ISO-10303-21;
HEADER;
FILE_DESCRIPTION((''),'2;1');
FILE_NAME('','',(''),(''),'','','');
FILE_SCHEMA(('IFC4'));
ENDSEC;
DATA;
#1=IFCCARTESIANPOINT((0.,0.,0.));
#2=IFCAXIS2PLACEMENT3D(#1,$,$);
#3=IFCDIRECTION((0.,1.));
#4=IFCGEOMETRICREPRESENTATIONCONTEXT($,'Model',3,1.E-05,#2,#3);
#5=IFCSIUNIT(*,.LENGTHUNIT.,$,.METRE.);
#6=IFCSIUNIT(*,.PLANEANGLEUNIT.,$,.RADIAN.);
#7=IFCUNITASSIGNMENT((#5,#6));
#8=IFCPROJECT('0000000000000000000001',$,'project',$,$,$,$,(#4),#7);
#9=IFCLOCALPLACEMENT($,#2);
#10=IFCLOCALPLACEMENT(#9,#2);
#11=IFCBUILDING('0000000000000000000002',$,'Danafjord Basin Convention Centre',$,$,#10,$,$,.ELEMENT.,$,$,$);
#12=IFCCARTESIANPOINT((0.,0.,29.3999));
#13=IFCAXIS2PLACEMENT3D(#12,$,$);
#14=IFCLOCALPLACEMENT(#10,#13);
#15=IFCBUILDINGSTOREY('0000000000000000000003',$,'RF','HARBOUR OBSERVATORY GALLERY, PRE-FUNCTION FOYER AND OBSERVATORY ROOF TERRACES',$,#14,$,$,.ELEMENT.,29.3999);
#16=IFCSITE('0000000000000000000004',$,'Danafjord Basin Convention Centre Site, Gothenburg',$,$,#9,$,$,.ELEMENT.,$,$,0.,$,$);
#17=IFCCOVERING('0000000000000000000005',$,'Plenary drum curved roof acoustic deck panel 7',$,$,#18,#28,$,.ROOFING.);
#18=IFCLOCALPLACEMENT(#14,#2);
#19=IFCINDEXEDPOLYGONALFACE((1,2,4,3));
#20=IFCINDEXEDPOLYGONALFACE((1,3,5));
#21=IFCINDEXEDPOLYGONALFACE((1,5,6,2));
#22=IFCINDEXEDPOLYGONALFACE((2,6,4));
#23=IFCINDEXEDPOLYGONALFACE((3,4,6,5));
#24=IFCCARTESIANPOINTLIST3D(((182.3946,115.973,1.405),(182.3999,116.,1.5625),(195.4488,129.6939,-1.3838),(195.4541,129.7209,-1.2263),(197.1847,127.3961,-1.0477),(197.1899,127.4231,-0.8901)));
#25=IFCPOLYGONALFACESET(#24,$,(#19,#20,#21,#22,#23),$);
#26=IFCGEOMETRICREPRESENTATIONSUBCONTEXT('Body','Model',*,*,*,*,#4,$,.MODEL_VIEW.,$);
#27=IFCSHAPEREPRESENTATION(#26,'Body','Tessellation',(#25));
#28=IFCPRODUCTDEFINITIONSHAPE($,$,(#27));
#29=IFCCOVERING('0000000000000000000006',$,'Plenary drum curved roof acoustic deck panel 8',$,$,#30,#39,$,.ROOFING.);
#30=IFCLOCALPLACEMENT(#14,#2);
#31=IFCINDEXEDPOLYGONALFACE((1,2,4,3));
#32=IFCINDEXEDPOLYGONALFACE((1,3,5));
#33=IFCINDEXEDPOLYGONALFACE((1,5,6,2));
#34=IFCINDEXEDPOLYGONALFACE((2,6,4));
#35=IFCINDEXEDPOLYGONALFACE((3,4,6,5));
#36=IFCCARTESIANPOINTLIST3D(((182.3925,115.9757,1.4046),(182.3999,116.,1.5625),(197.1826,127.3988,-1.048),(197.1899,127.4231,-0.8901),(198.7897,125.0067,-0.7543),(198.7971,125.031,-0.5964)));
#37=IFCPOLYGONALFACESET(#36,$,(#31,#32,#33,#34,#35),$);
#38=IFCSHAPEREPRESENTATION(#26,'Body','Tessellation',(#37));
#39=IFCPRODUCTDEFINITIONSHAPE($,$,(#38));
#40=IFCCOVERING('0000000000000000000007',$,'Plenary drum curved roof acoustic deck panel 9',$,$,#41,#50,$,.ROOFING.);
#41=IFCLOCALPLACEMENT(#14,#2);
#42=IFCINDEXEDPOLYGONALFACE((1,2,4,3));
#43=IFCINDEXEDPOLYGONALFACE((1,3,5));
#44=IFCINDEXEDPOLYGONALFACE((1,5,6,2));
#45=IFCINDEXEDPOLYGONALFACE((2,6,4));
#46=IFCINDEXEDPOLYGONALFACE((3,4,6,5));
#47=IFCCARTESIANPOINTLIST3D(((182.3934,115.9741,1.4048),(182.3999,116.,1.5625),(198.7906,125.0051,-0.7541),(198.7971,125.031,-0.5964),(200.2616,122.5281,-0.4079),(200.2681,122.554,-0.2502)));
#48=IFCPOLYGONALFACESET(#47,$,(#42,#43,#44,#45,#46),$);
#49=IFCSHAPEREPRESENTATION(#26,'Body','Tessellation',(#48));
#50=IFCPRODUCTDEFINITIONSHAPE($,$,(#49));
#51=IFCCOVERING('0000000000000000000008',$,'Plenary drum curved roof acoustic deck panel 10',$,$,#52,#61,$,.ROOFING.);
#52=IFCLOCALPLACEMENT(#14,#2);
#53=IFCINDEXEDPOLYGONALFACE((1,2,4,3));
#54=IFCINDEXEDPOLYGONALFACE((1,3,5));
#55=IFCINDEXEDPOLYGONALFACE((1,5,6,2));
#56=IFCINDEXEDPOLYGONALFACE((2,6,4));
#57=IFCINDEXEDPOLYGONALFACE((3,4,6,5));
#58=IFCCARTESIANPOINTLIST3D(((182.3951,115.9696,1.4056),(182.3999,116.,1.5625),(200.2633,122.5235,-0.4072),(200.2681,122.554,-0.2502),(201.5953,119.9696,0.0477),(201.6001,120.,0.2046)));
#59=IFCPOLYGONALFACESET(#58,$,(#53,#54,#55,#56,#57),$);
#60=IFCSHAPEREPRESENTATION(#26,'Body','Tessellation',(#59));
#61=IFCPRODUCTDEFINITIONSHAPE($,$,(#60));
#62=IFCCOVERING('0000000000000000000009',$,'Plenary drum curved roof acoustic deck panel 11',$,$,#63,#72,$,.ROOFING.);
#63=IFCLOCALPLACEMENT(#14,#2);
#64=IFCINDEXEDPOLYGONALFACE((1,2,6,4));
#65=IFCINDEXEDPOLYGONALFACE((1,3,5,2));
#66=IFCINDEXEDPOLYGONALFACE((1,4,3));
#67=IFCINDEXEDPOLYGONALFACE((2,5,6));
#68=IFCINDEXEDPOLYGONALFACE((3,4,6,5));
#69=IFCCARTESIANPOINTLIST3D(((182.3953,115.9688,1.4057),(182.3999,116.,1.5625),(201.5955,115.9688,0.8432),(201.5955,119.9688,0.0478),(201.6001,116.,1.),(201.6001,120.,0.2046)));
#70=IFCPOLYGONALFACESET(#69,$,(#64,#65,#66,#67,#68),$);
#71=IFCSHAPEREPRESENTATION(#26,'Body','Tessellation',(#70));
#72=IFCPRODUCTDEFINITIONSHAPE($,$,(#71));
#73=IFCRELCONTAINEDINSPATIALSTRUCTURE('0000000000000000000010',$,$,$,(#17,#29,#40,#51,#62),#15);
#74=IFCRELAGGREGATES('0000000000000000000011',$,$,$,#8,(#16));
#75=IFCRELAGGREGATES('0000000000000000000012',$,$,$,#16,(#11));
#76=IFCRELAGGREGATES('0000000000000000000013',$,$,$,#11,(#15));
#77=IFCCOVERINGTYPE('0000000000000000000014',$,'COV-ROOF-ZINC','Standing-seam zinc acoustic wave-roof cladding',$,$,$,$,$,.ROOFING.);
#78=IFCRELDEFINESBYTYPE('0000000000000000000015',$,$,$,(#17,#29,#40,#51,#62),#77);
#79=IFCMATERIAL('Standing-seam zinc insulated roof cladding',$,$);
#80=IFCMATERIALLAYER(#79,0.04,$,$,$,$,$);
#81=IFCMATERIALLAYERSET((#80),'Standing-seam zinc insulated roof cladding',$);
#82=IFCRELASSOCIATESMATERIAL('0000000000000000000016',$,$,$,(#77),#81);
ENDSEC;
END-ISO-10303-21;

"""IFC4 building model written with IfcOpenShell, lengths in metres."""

from ifc_helpers import new_model, si_unit, direction, frame, origin, place, context, subcontext, project, spatial, polyline, outline, extrude, material, layer, layer_set, type_object, element, save


model = new_model("IFC4")

# Units and contexts
model_context = context("Model", 3, precision=1e-05, world=origin(), true_north=direction((0.0, 1.0)))
body_context = subcontext(model_context, "Body", "Model", "MODEL_VIEW")
ifc_project = project(units=[si_unit("LENGTHUNIT", "METRE"), si_unit("PLANEANGLEUNIT", "RADIAN")], contexts=[model_context])

# Site, building, storey
site_placement = place(None, origin())
site = spatial("IfcSite", under=ifc_project, at=site_placement, Name="Danafjord Basin Convention Centre Site, Gothenburg", CompositionType="ELEMENT", RefElevation=0.0)
building_placement = place(site_placement, origin())
building = spatial("IfcBuilding", under=site, at=building_placement, Name="Danafjord Basin Convention Centre", CompositionType="ELEMENT")
storey_placement = place(building_placement, frame((0.0, 0.0, 29.3999)))
storey = spatial("IfcBuildingStorey", under=building, at=storey_placement, Name="RF", Description="HARBOUR OBSERVATORY GALLERY, PRE-FUNCTION FOYER AND OBSERVATORY ROOF TERRACES", CompositionType="ELEMENT", Elevation=29.3999)

# Coverings
ifc_material_1 = material(Name="Standing-seam zinc insulated roof cladding")
ifc_layer_1 = layer(ifc_material_1, 0.04)
ifc_layer_set_1 = layer_set([ifc_layer_1], Name="Standing-seam zinc insulated roof cladding")
covering_type = type_object("IfcCoveringType", Name="COV-ROOF-ZINC", Description="Standing-seam zinc acoustic wave-roof cladding", PredefinedType="ROOFING", material=ifc_layer_set_1)
covering_1_placement = place(storey_placement, frame((182.3999, 116.0, 1.5625), z_axis=(0.032868, 0.168948, 0.985077), x_axis=(0.7847, 0.606063, -0.130127)))
element("IfcCovering", 1, at=covering_1_placement, inside=storey, type_object=covering_type, Name="Plenary drum curved roof acoustic deck panel 7", PredefinedType="ROOFING", context=body_context, shape_type="SweptSolid", body=[
    extrude(outline(polyline([(0.0, 0.0), (18.848, 0.0), (18.9223, 2.8984), (0.0, 0.0)])), origin(), (0.0, 0.0, -1.0), 0.1599),
])
covering_2_placement = place(storey_placement, frame((182.3999, 116.0, 1.5625), z_axis=(0.046149, 0.152223, 0.987268), x_axis=(0.870165, 0.479256, -0.11457)))
element("IfcCovering", 2, at=covering_2_placement, inside=storey, type_object=covering_type, Name="Plenary drum curved roof acoustic deck panel 8", PredefinedType="ROOFING", context=body_context, shape_type="SweptSolid", body=[
    extrude(outline(polyline([(0.0, 0.0), (18.8438, 0.0), (18.6254, 2.8885), (0.0, 0.0)])), origin(), (0.0, 0.0, -1.0), 0.1599),
])
covering_3_placement = place(storey_placement, frame((182.3999, 116.0, 1.5625), z_axis=(0.040633, 0.161927, 0.985966), x_axis=(0.934608, 0.342809, -0.094817)))
element("IfcCovering", 3, at=covering_3_placement, inside=storey, type_object=covering_type, Name="Plenary drum curved roof acoustic deck panel 9", PredefinedType="ROOFING", context=body_context, shape_type="SweptSolid", body=[
    extrude(outline(polyline([(0.0, 0.0), (19.1184, 0.0), (18.6256, 2.8595), (0.0, 0.0)])), origin(), (0.0, 0.0, -1.0), 0.1599),
])
covering_4_placement = place(storey_placement, frame((182.3999, 116.0, 1.5625), z_axis=(0.029759, 0.190277, 0.981279), x_axis=(0.976643, 0.203465, -0.069072)))
element("IfcCovering", 4, at=covering_4_placement, inside=storey, type_object=covering_type, Name="Plenary drum curved roof acoustic deck panel 10", PredefinedType="ROOFING", context=body_context, shape_type="SweptSolid", body=[
    extrude(outline(polyline([(0.0, 0.0), (19.6594, 0.0), (18.9095, 2.8181), (0.0, 0.0)])), origin(), (0.0, 0.0, -1.0), 0.1599),
])
covering_5_placement = place(storey_placement, frame((182.3999, 116.0, 1.5625), z_axis=(0.028722, 0.194953, 0.980392), x_axis=(0.999571, 0.0, -0.029284)))
element("IfcCovering", 5, at=covering_5_placement, inside=storey, type_object=covering_type, Name="Plenary drum curved roof acoustic deck panel 11", PredefinedType="ROOFING", context=body_context, shape_type="SweptSolid", body=[
    extrude(outline(polyline([(0.0, 0.0), (19.2084, 0.0), (19.2317, 4.0783), (0.0, 0.0)])), origin(), (0.0, 0.0, -1.0), 0.1599),
])

save(model, "model.ifc")
